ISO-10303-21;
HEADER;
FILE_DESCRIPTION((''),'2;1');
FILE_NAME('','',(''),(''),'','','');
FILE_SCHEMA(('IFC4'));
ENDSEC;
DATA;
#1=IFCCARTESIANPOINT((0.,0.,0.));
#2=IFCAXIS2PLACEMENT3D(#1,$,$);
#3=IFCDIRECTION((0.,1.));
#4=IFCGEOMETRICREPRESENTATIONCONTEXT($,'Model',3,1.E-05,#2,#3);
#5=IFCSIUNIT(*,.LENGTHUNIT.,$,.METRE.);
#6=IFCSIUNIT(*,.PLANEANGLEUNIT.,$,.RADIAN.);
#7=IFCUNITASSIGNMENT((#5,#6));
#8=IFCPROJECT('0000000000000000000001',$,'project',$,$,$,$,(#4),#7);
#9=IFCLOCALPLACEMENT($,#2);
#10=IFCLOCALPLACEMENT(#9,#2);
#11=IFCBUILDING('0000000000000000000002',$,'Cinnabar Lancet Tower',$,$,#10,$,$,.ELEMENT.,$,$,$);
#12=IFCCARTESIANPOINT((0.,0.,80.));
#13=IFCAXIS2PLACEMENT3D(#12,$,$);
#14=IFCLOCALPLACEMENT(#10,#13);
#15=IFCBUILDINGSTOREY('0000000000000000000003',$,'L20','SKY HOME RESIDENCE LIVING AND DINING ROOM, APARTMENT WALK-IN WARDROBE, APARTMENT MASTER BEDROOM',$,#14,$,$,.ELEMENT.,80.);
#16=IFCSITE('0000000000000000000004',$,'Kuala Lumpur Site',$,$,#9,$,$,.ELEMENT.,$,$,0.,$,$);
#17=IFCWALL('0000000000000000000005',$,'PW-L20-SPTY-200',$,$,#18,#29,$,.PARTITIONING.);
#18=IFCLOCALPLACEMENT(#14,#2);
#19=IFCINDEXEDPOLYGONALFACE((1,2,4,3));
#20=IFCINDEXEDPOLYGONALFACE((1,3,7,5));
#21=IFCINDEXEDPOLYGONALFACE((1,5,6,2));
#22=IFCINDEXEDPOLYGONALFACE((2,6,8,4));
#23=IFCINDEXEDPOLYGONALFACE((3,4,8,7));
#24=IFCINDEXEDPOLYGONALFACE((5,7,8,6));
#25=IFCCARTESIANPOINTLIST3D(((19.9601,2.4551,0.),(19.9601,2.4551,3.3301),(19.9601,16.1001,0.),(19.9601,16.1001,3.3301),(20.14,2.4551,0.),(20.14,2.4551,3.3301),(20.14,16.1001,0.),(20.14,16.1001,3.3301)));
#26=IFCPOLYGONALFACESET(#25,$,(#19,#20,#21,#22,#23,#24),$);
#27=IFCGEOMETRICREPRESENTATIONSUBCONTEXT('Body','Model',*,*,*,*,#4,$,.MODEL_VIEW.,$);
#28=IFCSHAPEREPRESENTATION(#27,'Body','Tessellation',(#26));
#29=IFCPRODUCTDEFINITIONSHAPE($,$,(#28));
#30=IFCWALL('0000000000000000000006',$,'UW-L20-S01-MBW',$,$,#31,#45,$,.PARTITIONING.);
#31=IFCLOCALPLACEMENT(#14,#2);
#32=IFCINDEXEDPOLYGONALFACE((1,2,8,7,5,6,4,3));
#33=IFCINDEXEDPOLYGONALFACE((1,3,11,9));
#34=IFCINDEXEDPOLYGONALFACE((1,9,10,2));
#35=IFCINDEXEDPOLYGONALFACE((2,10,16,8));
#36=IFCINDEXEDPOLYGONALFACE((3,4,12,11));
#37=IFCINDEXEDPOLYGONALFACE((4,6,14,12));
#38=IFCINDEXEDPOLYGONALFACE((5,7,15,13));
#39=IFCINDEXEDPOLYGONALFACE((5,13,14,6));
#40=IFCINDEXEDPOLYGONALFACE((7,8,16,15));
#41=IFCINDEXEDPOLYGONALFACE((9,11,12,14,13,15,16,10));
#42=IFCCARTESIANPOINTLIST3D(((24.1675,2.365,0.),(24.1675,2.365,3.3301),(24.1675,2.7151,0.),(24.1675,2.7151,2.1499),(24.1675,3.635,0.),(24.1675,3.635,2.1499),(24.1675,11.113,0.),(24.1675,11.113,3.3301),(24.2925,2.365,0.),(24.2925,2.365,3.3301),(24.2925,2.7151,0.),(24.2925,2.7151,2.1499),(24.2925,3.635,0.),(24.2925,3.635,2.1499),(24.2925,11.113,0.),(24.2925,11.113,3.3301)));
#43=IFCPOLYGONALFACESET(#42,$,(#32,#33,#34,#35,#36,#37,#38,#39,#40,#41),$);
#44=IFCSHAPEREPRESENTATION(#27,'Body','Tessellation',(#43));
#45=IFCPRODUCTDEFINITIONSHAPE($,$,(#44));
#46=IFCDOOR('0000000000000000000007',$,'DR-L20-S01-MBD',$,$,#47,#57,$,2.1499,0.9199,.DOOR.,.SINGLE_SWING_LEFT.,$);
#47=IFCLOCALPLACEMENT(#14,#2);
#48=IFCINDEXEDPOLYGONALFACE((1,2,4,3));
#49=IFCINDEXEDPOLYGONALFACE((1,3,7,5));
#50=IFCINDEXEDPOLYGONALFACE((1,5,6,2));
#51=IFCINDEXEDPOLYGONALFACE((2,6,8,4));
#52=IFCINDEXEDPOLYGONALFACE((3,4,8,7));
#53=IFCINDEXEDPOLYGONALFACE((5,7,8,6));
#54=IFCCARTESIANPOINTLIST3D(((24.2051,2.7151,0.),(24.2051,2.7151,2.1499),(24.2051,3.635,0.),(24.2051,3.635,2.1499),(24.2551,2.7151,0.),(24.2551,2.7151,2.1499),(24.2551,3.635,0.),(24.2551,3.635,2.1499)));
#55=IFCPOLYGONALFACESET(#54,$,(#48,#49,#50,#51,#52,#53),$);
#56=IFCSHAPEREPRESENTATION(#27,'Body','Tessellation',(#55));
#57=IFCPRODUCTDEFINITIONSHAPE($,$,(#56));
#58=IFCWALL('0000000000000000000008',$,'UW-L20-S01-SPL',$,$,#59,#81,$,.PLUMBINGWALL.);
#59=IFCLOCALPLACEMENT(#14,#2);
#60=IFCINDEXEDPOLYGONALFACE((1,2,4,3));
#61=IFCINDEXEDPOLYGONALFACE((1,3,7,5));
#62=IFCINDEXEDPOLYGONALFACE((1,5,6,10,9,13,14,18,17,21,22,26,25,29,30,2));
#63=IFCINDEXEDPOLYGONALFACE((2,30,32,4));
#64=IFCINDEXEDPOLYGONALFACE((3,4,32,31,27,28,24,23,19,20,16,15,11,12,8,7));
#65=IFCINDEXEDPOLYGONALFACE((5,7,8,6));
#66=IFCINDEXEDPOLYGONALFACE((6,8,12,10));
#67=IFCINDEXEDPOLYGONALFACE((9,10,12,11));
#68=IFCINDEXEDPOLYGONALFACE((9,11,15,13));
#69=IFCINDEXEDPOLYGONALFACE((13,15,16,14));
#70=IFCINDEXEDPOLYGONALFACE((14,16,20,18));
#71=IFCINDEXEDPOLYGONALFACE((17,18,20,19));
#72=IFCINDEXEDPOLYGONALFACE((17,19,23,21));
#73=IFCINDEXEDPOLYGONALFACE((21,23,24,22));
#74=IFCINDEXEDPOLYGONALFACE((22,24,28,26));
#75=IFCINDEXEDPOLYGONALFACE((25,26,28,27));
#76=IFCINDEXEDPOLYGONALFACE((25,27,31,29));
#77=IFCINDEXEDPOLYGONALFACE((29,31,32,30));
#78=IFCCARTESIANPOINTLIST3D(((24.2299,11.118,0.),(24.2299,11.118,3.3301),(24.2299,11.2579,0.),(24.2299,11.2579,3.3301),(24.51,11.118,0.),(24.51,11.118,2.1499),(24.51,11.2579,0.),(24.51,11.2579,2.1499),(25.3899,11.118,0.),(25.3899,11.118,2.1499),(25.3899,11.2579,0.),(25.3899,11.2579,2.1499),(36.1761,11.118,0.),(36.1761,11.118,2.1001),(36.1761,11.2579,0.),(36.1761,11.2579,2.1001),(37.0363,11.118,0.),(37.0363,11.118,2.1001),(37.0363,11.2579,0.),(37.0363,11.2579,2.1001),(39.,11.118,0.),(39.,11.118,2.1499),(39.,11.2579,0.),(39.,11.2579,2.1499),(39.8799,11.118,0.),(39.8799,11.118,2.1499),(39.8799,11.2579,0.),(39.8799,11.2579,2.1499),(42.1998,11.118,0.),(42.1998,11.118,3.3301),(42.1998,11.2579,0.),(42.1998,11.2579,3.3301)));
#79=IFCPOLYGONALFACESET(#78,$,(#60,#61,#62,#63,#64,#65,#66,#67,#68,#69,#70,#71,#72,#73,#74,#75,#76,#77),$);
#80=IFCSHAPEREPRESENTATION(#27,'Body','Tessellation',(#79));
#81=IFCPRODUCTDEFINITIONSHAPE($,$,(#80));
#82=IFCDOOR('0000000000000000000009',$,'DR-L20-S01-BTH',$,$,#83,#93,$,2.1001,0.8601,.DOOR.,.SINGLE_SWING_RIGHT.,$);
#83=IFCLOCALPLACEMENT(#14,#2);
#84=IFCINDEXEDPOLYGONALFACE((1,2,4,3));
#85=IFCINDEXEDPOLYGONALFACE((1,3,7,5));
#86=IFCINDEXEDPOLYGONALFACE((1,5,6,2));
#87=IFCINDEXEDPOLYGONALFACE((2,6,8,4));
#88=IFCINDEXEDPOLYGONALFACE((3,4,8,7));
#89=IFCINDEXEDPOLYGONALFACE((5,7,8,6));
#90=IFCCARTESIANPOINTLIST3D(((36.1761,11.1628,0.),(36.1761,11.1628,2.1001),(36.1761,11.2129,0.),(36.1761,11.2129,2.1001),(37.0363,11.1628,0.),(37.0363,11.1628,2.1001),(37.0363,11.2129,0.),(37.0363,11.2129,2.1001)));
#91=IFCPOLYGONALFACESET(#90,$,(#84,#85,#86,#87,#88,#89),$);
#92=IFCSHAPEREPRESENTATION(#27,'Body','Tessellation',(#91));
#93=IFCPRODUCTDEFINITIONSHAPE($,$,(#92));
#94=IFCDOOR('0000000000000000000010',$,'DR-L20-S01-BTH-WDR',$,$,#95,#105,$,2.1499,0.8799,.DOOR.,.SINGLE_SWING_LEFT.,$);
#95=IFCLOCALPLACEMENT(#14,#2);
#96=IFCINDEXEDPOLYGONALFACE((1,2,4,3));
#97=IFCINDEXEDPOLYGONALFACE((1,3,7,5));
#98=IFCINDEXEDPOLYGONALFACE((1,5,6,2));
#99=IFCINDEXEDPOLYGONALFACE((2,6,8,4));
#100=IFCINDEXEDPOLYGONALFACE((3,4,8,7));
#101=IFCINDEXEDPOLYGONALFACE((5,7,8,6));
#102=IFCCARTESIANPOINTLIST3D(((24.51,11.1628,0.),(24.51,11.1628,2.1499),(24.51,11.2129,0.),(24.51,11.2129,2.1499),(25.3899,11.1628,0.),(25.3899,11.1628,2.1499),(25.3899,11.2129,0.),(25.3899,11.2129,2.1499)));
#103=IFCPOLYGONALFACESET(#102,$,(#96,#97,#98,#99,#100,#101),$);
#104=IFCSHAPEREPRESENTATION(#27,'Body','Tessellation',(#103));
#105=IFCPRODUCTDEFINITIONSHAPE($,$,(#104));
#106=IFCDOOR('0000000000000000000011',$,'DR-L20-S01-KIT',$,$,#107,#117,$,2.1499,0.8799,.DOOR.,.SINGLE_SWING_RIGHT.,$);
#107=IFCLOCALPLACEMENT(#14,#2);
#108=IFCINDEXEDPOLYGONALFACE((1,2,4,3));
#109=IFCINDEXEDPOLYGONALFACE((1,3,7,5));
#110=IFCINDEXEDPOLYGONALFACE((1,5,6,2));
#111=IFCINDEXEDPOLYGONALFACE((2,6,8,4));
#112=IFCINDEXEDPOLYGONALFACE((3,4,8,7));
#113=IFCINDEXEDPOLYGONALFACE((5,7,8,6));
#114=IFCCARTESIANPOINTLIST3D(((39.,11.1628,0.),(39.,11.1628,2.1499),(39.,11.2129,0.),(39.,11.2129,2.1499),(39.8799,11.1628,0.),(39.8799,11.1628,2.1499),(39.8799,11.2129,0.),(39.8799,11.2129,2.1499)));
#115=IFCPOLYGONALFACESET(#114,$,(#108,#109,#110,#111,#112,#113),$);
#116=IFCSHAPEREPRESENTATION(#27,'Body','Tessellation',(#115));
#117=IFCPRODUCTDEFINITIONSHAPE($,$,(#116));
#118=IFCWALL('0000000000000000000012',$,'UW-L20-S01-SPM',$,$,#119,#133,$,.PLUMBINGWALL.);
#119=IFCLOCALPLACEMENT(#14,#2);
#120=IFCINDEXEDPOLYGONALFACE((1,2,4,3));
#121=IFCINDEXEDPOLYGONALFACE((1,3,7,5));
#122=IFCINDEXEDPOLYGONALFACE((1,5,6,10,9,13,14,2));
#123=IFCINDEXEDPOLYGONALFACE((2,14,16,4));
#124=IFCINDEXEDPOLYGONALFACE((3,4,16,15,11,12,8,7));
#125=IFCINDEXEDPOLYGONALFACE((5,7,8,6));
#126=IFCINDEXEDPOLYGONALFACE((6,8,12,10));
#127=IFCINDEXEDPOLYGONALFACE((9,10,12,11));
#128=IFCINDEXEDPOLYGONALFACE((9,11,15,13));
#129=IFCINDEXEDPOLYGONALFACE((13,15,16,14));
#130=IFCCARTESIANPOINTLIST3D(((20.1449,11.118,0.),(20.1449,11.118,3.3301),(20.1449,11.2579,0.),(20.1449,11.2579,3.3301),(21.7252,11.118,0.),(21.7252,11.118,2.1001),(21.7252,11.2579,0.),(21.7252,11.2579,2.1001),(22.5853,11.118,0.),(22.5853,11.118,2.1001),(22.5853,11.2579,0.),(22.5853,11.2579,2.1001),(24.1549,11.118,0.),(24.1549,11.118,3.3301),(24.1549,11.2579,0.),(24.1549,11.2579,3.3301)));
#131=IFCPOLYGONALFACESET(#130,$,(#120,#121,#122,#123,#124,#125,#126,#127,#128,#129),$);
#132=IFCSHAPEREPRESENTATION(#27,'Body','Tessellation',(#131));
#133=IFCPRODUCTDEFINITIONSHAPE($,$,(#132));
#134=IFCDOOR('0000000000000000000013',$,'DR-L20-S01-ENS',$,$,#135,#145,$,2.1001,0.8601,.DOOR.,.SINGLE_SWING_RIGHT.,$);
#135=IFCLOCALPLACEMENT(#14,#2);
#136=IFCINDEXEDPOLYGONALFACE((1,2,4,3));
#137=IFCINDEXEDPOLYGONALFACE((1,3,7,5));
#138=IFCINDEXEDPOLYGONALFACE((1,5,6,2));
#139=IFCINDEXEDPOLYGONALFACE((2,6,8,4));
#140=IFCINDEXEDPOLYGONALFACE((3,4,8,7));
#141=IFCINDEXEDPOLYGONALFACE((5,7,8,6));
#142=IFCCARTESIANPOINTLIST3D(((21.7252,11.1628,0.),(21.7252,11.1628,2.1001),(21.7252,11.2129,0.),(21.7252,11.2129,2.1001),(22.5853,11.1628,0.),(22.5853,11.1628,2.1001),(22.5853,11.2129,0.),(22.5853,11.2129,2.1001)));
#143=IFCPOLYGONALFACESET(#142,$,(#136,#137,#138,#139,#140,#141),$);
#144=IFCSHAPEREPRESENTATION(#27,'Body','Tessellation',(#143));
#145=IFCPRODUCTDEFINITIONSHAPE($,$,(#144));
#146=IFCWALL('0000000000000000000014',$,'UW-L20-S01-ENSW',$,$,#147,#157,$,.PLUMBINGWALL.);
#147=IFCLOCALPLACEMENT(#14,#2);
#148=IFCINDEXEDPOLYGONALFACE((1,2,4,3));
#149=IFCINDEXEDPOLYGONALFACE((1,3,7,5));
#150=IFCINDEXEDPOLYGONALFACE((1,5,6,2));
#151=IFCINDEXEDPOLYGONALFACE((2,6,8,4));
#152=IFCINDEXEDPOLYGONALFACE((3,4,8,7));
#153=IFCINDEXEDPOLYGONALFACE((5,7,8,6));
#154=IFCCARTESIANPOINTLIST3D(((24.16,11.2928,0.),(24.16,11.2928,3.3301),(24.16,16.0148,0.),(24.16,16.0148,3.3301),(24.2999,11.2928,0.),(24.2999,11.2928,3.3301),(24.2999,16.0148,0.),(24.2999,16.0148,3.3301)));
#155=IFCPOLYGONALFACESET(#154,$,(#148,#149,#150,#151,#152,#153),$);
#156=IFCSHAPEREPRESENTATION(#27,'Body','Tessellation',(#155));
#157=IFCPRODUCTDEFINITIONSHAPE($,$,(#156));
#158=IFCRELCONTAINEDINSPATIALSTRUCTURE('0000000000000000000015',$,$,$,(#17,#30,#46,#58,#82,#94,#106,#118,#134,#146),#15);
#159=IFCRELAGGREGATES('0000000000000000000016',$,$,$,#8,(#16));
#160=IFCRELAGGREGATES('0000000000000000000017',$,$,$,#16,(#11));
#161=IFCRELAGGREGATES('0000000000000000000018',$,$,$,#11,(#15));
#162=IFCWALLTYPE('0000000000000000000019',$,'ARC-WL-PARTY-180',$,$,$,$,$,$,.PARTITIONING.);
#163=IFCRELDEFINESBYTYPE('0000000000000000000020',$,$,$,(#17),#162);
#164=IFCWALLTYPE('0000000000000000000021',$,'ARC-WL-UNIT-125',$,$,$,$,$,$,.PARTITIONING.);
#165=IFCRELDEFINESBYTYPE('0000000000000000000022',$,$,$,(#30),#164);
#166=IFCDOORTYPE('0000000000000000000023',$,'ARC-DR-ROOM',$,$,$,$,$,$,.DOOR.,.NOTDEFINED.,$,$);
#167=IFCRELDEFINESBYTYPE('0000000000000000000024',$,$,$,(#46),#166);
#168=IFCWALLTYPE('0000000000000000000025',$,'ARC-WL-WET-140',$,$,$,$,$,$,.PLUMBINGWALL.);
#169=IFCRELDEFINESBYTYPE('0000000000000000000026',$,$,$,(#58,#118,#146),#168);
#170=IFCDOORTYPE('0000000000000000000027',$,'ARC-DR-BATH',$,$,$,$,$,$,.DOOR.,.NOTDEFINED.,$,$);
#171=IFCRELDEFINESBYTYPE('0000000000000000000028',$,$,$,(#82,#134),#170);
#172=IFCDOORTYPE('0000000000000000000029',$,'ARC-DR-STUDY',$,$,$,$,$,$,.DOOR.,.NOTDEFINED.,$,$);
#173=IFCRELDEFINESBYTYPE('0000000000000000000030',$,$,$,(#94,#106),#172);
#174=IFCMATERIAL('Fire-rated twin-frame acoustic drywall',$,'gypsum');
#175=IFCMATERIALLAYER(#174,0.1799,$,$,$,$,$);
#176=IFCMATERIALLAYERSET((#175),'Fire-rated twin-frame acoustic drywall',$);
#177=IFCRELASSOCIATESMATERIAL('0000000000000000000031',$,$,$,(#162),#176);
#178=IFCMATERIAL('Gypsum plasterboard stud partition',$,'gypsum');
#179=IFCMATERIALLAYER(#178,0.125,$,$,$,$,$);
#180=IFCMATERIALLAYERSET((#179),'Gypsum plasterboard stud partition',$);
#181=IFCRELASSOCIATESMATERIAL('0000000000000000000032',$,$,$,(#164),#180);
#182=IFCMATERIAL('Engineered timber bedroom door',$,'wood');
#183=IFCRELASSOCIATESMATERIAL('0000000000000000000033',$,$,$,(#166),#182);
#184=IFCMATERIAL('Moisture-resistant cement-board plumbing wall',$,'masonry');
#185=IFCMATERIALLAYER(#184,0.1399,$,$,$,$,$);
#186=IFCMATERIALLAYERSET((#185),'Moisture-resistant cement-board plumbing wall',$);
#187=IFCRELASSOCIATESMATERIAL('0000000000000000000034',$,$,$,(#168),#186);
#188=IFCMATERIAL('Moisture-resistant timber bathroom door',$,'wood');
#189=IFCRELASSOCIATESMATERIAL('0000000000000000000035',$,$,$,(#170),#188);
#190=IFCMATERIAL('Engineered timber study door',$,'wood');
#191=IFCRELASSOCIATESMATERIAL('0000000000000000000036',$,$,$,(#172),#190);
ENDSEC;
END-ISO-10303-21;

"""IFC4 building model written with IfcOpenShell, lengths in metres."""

from ifc_helpers import new_model, si_unit, direction, frame, frame_2d, origin, place, context, subcontext, project, spatial, rectangle, extrude, material, layer, layer_set, type_object, element, fill, save


model = new_model("IFC4")

# Units and contexts
model_context = context("Model", 3, precision=1e-05, world=origin(), true_north=direction((0.0, 1.0)))
body_context = subcontext(model_context, "Body", "Model", "MODEL_VIEW")
ifc_project = project(units=[si_unit("LENGTHUNIT", "METRE"), si_unit("PLANEANGLEUNIT", "RADIAN")], contexts=[model_context])

# Site, building, storey
site_placement = place(None, origin())
site = spatial("IfcSite", under=ifc_project, at=site_placement, Name="Kuala Lumpur Site", CompositionType="ELEMENT", RefElevation=0.0)
building_placement = place(site_placement, origin())
building = spatial("IfcBuilding", under=site, at=building_placement, Name="Cinnabar Lancet Tower", CompositionType="ELEMENT")
storey_placement = place(building_placement, frame((0.0, 0.0, 80.0)))
storey = spatial("IfcBuildingStorey", under=building, at=storey_placement, Name="L20", Description="SKY HOME RESIDENCE LIVING AND DINING ROOM, APARTMENT WALK-IN WARDROBE, APARTMENT MASTER BEDROOM", CompositionType="ELEMENT", Elevation=80.0)

# Wall
ifc_material_1 = material(Name="Fire-rated twin-frame acoustic drywall", Category="gypsum")
ifc_layer_1 = layer(ifc_material_1, 0.1799)
ifc_layer_set_1 = layer_set([ifc_layer_1], Name="Fire-rated twin-frame acoustic drywall")
wall_type_1 = type_object("IfcWallType", Name="ARC-WL-PARTY-180", PredefinedType="PARTITIONING", material=ifc_layer_set_1)
wall_1_placement = place(storey_placement, frame((20.05, 2.4551, 0.0), z_axis=(0.0, 0.0, 1.0), x_axis=(0.0, 1.0, 0.0)))
element("IfcWall", 1, at=wall_1_placement, inside=storey, type_object=wall_type_1, Name="PW-L20-SPTY-200", PredefinedType="PARTITIONING", context=body_context, shape_type="SweptSolid", body=[
    extrude(rectangle(XDim=13.645, YDim=0.1799, at=frame_2d((6.8225, 0.0))), origin(), (0.0, 0.0, 1.0), 3.3301),
])

# Wall, opening, door
ifc_material_2 = material(Name="Gypsum plasterboard stud partition", Category="gypsum")
ifc_layer_2 = layer(ifc_material_2, 0.125)
ifc_layer_set_2 = layer_set([ifc_layer_2], Name="Gypsum plasterboard stud partition")
wall_type_2 = type_object("IfcWallType", Name="ARC-WL-UNIT-125", PredefinedType="PARTITIONING", material=ifc_layer_set_2)
wall_2_placement = place(storey_placement, frame((24.23, 2.365, 0.0), z_axis=(0.0, 0.0, 1.0), x_axis=(0.0, 1.0, 0.0)))
wall_2 = element("IfcWall", 2, at=wall_2_placement, inside=storey, type_object=wall_type_2, Name="UW-L20-S01-MBW", PredefinedType="PARTITIONING", context=body_context, shape_type="SweptSolid", body=[
    extrude(rectangle(XDim=8.748, YDim=0.125, at=frame_2d((4.374, 0.0))), origin(), (0.0, 0.0, 1.0), 3.3301),
])
opening_1_placement = place(wall_2_placement, frame((0.3501, 0.0, 0.0)))
opening_1 = element("IfcOpeningElement", 3, at=opening_1_placement, cuts=wall_2, PredefinedType="OPENING", context=body_context, shape_type="SweptSolid", body=[
    extrude(rectangle(XDim=0.9199, YDim=2.1499, at=frame_2d((0.46, 1.075))), frame((0.0, 0.0725, 0.0), z_axis=(0.0, -1.0, 0.0), x_axis=(1.0, 0.0, 0.0)), (0.0, 0.0, 1.0), 0.145),
])
ifc_material_3 = material(Name="Engineered timber bedroom door", Category="wood")
door_type_1 = type_object("IfcDoorType", Name="ARC-DR-ROOM", OperationType="NOTDEFINED", PredefinedType="DOOR", material=ifc_material_3)
door_1_placement = place(opening_1_placement, origin())
door_1 = element("IfcDoor", 4, at=door_1_placement, inside=storey, type_object=door_type_1, Name="DR-L20-S01-MBD", OperationType="SINGLE_SWING_LEFT", OverallHeight=2.1499, OverallWidth=0.9199, PredefinedType="DOOR", context=body_context, shape_type="SweptSolid", body=[
    extrude(rectangle(XDim=0.9199, YDim=2.1499, at=frame_2d((0.46, 1.075))), frame((0.0, 0.0249, 0.0), z_axis=(0.0, -1.0, 0.0), x_axis=(1.0, 0.0, 0.0)), (0.0, 0.0, 1.0), 0.05),
])
fill(opening_1, door_1)

# Wall, openings, doors
ifc_material_4 = material(Name="Moisture-resistant cement-board plumbing wall", Category="masonry")
ifc_layer_3 = layer(ifc_material_4, 0.1399)
ifc_layer_set_3 = layer_set([ifc_layer_3], Name="Moisture-resistant cement-board plumbing wall")
wall_type_3 = type_object("IfcWallType", Name="ARC-WL-WET-140", PredefinedType="PLUMBINGWALL", material=ifc_layer_set_3)
wall_3_placement = place(storey_placement, frame((24.23, 11.188, 0.0), z_axis=(0.0, 0.0, 1.0), x_axis=(1.0, 0.0, 0.0)))
wall_3 = element("IfcWall", 5, at=wall_3_placement, inside=storey, type_object=wall_type_3, Name="UW-L20-S01-SPL", PredefinedType="PLUMBINGWALL", context=body_context, shape_type="SweptSolid", body=[
    extrude(rectangle(XDim=17.97, YDim=0.1399, at=frame_2d((8.9849, 0.0))), origin(), (0.0, 0.0, 1.0), 3.3301),
])
opening_2_placement = place(wall_3_placement, frame((0.28, 0.0, 0.0)))
opening_2 = element("IfcOpeningElement", 6, at=opening_2_placement, cuts=wall_3, PredefinedType="OPENING", context=body_context, shape_type="SweptSolid", body=[
    extrude(rectangle(XDim=0.8799, YDim=2.1499, at=frame_2d((0.4399, 1.075))), frame((0.0, 0.0798, 0.0), z_axis=(0.0, -1.0, 0.0), x_axis=(1.0, 0.0, 0.0)), (0.0, 0.0, 1.0), 0.1599),
])
opening_3_placement = place(wall_3_placement, frame((11.946, 0.0, 0.0)))
opening_3 = element("IfcOpeningElement", 7, at=opening_3_placement, cuts=wall_3, PredefinedType="OPENING", context=body_context, shape_type="SweptSolid", body=[
    extrude(rectangle(XDim=0.8601, YDim=2.1001, at=frame_2d((0.4302, 1.05))), frame((0.0, 0.0798, 0.0), z_axis=(0.0, -1.0, 0.0), x_axis=(1.0, 0.0, 0.0)), (0.0, 0.0, 1.0), 0.1599),
])
opening_4_placement = place(wall_3_placement, frame((14.77, 0.0, 0.0)))
opening_4 = element("IfcOpeningElement", 8, at=opening_4_placement, cuts=wall_3, PredefinedType="OPENING", context=body_context, shape_type="SweptSolid", body=[
    extrude(rectangle(XDim=0.8799, YDim=2.1499, at=frame_2d((0.4399, 1.075))), frame((0.0, 0.0798, 0.0), z_axis=(0.0, -1.0, 0.0), x_axis=(1.0, 0.0, 0.0)), (0.0, 0.0, 1.0), 0.1599),
])
ifc_material_5 = material(Name="Moisture-resistant timber bathroom door", Category="wood")
door_type_2 = type_object("IfcDoorType", Name="ARC-DR-BATH", OperationType="NOTDEFINED", PredefinedType="DOOR", material=ifc_material_5)
door_2_placement = place(opening_3_placement, origin())
door_2 = element("IfcDoor", 9, at=door_2_placement, inside=storey, type_object=door_type_2, Name="DR-L20-S01-BTH", OperationType="SINGLE_SWING_RIGHT", OverallHeight=2.1001, OverallWidth=0.8601, PredefinedType="DOOR", context=body_context, shape_type="SweptSolid", body=[
    extrude(rectangle(XDim=0.8601, YDim=2.1001, at=frame_2d((0.4302, 1.05))), frame((0.0, 0.0249, 0.0), z_axis=(0.0, -1.0, 0.0), x_axis=(1.0, 0.0, 0.0)), (0.0, 0.0, 1.0), 0.05),
])
fill(opening_3, door_2)
ifc_material_6 = material(Name="Engineered timber study door", Category="wood")
door_type_3 = type_object("IfcDoorType", Name="ARC-DR-STUDY", OperationType="NOTDEFINED", PredefinedType="DOOR", material=ifc_material_6)
door_3_placement = place(opening_2_placement, origin())
door_3 = element("IfcDoor", 10, at=door_3_placement, inside=storey, type_object=door_type_3, Name="DR-L20-S01-BTH-WDR", OperationType="SINGLE_SWING_LEFT", OverallHeight=2.1499, OverallWidth=0.8799, PredefinedType="DOOR", context=body_context, shape_type="SweptSolid", body=[
    extrude(rectangle(XDim=0.8799, YDim=2.1499, at=frame_2d((0.4399, 1.075))), frame((0.0, 0.0249, 0.0), z_axis=(0.0, -1.0, 0.0), x_axis=(1.0, 0.0, 0.0)), (0.0, 0.0, 1.0), 0.05),
])
fill(opening_2, door_3)
door_4_placement = place(opening_4_placement, origin())
door_4 = element("IfcDoor", 11, at=door_4_placement, inside=storey, type_object=door_type_3, Name="DR-L20-S01-KIT", OperationType="SINGLE_SWING_RIGHT", OverallHeight=2.1499, OverallWidth=0.8799, PredefinedType="DOOR", context=body_context, shape_type="SweptSolid", body=[
    extrude(rectangle(XDim=0.8799, YDim=2.1499, at=frame_2d((0.4399, 1.075))), frame((0.0, 0.0249, 0.0), z_axis=(0.0, -1.0, 0.0), x_axis=(1.0, 0.0, 0.0)), (0.0, 0.0, 1.0), 0.05),
])
fill(opening_4, door_4)

# Wall, opening, door
wall_4_placement = place(storey_placement, frame((20.145, 11.188, 0.0), z_axis=(0.0, 0.0, 1.0), x_axis=(1.0, 0.0, 0.0)))
wall_4 = element("IfcWall", 12, at=wall_4_placement, inside=storey, type_object=wall_type_3, Name="UW-L20-S01-SPM", PredefinedType="PLUMBINGWALL", context=body_context, shape_type="SweptSolid", body=[
    extrude(rectangle(XDim=4.01, YDim=0.1399, at=frame_2d((2.0049, 0.0))), origin(), (0.0, 0.0, 1.0), 3.3301),
])
opening_5_placement = place(wall_4_placement, frame((1.5801, 0.0, 0.0)))
opening_5 = element("IfcOpeningElement", 13, at=opening_5_placement, cuts=wall_4, PredefinedType="OPENING", context=body_context, shape_type="SweptSolid", body=[
    extrude(rectangle(XDim=0.8601, YDim=2.1001, at=frame_2d((0.4302, 1.05))), frame((0.0, 0.0798, 0.0), z_axis=(0.0, -1.0, 0.0), x_axis=(1.0, 0.0, 0.0)), (0.0, 0.0, 1.0), 0.1599),
])
door_5_placement = place(opening_5_placement, origin())
door_5 = element("IfcDoor", 14, at=door_5_placement, inside=storey, type_object=door_type_2, Name="DR-L20-S01-ENS", OperationType="SINGLE_SWING_RIGHT", OverallHeight=2.1001, OverallWidth=0.8601, PredefinedType="DOOR", context=body_context, shape_type="SweptSolid", body=[
    extrude(rectangle(XDim=0.8601, YDim=2.1001, at=frame_2d((0.4302, 1.05))), frame((0.0, 0.0249, 0.0), z_axis=(0.0, -1.0, 0.0), x_axis=(1.0, 0.0, 0.0)), (0.0, 0.0, 1.0), 0.05),
])
fill(opening_5, door_5)

# Wall
wall_5_placement = place(storey_placement, frame((24.23, 11.293, 0.0), z_axis=(0.0, 0.0, 1.0), x_axis=(0.0, 1.0, 0.0)))
element("IfcWall", 15, at=wall_5_placement, inside=storey, type_object=wall_type_3, Name="UW-L20-S01-ENSW", PredefinedType="PLUMBINGWALL", context=body_context, shape_type="SweptSolid", body=[
    extrude(rectangle(XDim=4.7219, YDim=0.1399, at=frame_2d((2.3608, 0.0))), origin(), (0.0, 0.0, 1.0), 3.3301),
])

save(model, "model.ifc")
